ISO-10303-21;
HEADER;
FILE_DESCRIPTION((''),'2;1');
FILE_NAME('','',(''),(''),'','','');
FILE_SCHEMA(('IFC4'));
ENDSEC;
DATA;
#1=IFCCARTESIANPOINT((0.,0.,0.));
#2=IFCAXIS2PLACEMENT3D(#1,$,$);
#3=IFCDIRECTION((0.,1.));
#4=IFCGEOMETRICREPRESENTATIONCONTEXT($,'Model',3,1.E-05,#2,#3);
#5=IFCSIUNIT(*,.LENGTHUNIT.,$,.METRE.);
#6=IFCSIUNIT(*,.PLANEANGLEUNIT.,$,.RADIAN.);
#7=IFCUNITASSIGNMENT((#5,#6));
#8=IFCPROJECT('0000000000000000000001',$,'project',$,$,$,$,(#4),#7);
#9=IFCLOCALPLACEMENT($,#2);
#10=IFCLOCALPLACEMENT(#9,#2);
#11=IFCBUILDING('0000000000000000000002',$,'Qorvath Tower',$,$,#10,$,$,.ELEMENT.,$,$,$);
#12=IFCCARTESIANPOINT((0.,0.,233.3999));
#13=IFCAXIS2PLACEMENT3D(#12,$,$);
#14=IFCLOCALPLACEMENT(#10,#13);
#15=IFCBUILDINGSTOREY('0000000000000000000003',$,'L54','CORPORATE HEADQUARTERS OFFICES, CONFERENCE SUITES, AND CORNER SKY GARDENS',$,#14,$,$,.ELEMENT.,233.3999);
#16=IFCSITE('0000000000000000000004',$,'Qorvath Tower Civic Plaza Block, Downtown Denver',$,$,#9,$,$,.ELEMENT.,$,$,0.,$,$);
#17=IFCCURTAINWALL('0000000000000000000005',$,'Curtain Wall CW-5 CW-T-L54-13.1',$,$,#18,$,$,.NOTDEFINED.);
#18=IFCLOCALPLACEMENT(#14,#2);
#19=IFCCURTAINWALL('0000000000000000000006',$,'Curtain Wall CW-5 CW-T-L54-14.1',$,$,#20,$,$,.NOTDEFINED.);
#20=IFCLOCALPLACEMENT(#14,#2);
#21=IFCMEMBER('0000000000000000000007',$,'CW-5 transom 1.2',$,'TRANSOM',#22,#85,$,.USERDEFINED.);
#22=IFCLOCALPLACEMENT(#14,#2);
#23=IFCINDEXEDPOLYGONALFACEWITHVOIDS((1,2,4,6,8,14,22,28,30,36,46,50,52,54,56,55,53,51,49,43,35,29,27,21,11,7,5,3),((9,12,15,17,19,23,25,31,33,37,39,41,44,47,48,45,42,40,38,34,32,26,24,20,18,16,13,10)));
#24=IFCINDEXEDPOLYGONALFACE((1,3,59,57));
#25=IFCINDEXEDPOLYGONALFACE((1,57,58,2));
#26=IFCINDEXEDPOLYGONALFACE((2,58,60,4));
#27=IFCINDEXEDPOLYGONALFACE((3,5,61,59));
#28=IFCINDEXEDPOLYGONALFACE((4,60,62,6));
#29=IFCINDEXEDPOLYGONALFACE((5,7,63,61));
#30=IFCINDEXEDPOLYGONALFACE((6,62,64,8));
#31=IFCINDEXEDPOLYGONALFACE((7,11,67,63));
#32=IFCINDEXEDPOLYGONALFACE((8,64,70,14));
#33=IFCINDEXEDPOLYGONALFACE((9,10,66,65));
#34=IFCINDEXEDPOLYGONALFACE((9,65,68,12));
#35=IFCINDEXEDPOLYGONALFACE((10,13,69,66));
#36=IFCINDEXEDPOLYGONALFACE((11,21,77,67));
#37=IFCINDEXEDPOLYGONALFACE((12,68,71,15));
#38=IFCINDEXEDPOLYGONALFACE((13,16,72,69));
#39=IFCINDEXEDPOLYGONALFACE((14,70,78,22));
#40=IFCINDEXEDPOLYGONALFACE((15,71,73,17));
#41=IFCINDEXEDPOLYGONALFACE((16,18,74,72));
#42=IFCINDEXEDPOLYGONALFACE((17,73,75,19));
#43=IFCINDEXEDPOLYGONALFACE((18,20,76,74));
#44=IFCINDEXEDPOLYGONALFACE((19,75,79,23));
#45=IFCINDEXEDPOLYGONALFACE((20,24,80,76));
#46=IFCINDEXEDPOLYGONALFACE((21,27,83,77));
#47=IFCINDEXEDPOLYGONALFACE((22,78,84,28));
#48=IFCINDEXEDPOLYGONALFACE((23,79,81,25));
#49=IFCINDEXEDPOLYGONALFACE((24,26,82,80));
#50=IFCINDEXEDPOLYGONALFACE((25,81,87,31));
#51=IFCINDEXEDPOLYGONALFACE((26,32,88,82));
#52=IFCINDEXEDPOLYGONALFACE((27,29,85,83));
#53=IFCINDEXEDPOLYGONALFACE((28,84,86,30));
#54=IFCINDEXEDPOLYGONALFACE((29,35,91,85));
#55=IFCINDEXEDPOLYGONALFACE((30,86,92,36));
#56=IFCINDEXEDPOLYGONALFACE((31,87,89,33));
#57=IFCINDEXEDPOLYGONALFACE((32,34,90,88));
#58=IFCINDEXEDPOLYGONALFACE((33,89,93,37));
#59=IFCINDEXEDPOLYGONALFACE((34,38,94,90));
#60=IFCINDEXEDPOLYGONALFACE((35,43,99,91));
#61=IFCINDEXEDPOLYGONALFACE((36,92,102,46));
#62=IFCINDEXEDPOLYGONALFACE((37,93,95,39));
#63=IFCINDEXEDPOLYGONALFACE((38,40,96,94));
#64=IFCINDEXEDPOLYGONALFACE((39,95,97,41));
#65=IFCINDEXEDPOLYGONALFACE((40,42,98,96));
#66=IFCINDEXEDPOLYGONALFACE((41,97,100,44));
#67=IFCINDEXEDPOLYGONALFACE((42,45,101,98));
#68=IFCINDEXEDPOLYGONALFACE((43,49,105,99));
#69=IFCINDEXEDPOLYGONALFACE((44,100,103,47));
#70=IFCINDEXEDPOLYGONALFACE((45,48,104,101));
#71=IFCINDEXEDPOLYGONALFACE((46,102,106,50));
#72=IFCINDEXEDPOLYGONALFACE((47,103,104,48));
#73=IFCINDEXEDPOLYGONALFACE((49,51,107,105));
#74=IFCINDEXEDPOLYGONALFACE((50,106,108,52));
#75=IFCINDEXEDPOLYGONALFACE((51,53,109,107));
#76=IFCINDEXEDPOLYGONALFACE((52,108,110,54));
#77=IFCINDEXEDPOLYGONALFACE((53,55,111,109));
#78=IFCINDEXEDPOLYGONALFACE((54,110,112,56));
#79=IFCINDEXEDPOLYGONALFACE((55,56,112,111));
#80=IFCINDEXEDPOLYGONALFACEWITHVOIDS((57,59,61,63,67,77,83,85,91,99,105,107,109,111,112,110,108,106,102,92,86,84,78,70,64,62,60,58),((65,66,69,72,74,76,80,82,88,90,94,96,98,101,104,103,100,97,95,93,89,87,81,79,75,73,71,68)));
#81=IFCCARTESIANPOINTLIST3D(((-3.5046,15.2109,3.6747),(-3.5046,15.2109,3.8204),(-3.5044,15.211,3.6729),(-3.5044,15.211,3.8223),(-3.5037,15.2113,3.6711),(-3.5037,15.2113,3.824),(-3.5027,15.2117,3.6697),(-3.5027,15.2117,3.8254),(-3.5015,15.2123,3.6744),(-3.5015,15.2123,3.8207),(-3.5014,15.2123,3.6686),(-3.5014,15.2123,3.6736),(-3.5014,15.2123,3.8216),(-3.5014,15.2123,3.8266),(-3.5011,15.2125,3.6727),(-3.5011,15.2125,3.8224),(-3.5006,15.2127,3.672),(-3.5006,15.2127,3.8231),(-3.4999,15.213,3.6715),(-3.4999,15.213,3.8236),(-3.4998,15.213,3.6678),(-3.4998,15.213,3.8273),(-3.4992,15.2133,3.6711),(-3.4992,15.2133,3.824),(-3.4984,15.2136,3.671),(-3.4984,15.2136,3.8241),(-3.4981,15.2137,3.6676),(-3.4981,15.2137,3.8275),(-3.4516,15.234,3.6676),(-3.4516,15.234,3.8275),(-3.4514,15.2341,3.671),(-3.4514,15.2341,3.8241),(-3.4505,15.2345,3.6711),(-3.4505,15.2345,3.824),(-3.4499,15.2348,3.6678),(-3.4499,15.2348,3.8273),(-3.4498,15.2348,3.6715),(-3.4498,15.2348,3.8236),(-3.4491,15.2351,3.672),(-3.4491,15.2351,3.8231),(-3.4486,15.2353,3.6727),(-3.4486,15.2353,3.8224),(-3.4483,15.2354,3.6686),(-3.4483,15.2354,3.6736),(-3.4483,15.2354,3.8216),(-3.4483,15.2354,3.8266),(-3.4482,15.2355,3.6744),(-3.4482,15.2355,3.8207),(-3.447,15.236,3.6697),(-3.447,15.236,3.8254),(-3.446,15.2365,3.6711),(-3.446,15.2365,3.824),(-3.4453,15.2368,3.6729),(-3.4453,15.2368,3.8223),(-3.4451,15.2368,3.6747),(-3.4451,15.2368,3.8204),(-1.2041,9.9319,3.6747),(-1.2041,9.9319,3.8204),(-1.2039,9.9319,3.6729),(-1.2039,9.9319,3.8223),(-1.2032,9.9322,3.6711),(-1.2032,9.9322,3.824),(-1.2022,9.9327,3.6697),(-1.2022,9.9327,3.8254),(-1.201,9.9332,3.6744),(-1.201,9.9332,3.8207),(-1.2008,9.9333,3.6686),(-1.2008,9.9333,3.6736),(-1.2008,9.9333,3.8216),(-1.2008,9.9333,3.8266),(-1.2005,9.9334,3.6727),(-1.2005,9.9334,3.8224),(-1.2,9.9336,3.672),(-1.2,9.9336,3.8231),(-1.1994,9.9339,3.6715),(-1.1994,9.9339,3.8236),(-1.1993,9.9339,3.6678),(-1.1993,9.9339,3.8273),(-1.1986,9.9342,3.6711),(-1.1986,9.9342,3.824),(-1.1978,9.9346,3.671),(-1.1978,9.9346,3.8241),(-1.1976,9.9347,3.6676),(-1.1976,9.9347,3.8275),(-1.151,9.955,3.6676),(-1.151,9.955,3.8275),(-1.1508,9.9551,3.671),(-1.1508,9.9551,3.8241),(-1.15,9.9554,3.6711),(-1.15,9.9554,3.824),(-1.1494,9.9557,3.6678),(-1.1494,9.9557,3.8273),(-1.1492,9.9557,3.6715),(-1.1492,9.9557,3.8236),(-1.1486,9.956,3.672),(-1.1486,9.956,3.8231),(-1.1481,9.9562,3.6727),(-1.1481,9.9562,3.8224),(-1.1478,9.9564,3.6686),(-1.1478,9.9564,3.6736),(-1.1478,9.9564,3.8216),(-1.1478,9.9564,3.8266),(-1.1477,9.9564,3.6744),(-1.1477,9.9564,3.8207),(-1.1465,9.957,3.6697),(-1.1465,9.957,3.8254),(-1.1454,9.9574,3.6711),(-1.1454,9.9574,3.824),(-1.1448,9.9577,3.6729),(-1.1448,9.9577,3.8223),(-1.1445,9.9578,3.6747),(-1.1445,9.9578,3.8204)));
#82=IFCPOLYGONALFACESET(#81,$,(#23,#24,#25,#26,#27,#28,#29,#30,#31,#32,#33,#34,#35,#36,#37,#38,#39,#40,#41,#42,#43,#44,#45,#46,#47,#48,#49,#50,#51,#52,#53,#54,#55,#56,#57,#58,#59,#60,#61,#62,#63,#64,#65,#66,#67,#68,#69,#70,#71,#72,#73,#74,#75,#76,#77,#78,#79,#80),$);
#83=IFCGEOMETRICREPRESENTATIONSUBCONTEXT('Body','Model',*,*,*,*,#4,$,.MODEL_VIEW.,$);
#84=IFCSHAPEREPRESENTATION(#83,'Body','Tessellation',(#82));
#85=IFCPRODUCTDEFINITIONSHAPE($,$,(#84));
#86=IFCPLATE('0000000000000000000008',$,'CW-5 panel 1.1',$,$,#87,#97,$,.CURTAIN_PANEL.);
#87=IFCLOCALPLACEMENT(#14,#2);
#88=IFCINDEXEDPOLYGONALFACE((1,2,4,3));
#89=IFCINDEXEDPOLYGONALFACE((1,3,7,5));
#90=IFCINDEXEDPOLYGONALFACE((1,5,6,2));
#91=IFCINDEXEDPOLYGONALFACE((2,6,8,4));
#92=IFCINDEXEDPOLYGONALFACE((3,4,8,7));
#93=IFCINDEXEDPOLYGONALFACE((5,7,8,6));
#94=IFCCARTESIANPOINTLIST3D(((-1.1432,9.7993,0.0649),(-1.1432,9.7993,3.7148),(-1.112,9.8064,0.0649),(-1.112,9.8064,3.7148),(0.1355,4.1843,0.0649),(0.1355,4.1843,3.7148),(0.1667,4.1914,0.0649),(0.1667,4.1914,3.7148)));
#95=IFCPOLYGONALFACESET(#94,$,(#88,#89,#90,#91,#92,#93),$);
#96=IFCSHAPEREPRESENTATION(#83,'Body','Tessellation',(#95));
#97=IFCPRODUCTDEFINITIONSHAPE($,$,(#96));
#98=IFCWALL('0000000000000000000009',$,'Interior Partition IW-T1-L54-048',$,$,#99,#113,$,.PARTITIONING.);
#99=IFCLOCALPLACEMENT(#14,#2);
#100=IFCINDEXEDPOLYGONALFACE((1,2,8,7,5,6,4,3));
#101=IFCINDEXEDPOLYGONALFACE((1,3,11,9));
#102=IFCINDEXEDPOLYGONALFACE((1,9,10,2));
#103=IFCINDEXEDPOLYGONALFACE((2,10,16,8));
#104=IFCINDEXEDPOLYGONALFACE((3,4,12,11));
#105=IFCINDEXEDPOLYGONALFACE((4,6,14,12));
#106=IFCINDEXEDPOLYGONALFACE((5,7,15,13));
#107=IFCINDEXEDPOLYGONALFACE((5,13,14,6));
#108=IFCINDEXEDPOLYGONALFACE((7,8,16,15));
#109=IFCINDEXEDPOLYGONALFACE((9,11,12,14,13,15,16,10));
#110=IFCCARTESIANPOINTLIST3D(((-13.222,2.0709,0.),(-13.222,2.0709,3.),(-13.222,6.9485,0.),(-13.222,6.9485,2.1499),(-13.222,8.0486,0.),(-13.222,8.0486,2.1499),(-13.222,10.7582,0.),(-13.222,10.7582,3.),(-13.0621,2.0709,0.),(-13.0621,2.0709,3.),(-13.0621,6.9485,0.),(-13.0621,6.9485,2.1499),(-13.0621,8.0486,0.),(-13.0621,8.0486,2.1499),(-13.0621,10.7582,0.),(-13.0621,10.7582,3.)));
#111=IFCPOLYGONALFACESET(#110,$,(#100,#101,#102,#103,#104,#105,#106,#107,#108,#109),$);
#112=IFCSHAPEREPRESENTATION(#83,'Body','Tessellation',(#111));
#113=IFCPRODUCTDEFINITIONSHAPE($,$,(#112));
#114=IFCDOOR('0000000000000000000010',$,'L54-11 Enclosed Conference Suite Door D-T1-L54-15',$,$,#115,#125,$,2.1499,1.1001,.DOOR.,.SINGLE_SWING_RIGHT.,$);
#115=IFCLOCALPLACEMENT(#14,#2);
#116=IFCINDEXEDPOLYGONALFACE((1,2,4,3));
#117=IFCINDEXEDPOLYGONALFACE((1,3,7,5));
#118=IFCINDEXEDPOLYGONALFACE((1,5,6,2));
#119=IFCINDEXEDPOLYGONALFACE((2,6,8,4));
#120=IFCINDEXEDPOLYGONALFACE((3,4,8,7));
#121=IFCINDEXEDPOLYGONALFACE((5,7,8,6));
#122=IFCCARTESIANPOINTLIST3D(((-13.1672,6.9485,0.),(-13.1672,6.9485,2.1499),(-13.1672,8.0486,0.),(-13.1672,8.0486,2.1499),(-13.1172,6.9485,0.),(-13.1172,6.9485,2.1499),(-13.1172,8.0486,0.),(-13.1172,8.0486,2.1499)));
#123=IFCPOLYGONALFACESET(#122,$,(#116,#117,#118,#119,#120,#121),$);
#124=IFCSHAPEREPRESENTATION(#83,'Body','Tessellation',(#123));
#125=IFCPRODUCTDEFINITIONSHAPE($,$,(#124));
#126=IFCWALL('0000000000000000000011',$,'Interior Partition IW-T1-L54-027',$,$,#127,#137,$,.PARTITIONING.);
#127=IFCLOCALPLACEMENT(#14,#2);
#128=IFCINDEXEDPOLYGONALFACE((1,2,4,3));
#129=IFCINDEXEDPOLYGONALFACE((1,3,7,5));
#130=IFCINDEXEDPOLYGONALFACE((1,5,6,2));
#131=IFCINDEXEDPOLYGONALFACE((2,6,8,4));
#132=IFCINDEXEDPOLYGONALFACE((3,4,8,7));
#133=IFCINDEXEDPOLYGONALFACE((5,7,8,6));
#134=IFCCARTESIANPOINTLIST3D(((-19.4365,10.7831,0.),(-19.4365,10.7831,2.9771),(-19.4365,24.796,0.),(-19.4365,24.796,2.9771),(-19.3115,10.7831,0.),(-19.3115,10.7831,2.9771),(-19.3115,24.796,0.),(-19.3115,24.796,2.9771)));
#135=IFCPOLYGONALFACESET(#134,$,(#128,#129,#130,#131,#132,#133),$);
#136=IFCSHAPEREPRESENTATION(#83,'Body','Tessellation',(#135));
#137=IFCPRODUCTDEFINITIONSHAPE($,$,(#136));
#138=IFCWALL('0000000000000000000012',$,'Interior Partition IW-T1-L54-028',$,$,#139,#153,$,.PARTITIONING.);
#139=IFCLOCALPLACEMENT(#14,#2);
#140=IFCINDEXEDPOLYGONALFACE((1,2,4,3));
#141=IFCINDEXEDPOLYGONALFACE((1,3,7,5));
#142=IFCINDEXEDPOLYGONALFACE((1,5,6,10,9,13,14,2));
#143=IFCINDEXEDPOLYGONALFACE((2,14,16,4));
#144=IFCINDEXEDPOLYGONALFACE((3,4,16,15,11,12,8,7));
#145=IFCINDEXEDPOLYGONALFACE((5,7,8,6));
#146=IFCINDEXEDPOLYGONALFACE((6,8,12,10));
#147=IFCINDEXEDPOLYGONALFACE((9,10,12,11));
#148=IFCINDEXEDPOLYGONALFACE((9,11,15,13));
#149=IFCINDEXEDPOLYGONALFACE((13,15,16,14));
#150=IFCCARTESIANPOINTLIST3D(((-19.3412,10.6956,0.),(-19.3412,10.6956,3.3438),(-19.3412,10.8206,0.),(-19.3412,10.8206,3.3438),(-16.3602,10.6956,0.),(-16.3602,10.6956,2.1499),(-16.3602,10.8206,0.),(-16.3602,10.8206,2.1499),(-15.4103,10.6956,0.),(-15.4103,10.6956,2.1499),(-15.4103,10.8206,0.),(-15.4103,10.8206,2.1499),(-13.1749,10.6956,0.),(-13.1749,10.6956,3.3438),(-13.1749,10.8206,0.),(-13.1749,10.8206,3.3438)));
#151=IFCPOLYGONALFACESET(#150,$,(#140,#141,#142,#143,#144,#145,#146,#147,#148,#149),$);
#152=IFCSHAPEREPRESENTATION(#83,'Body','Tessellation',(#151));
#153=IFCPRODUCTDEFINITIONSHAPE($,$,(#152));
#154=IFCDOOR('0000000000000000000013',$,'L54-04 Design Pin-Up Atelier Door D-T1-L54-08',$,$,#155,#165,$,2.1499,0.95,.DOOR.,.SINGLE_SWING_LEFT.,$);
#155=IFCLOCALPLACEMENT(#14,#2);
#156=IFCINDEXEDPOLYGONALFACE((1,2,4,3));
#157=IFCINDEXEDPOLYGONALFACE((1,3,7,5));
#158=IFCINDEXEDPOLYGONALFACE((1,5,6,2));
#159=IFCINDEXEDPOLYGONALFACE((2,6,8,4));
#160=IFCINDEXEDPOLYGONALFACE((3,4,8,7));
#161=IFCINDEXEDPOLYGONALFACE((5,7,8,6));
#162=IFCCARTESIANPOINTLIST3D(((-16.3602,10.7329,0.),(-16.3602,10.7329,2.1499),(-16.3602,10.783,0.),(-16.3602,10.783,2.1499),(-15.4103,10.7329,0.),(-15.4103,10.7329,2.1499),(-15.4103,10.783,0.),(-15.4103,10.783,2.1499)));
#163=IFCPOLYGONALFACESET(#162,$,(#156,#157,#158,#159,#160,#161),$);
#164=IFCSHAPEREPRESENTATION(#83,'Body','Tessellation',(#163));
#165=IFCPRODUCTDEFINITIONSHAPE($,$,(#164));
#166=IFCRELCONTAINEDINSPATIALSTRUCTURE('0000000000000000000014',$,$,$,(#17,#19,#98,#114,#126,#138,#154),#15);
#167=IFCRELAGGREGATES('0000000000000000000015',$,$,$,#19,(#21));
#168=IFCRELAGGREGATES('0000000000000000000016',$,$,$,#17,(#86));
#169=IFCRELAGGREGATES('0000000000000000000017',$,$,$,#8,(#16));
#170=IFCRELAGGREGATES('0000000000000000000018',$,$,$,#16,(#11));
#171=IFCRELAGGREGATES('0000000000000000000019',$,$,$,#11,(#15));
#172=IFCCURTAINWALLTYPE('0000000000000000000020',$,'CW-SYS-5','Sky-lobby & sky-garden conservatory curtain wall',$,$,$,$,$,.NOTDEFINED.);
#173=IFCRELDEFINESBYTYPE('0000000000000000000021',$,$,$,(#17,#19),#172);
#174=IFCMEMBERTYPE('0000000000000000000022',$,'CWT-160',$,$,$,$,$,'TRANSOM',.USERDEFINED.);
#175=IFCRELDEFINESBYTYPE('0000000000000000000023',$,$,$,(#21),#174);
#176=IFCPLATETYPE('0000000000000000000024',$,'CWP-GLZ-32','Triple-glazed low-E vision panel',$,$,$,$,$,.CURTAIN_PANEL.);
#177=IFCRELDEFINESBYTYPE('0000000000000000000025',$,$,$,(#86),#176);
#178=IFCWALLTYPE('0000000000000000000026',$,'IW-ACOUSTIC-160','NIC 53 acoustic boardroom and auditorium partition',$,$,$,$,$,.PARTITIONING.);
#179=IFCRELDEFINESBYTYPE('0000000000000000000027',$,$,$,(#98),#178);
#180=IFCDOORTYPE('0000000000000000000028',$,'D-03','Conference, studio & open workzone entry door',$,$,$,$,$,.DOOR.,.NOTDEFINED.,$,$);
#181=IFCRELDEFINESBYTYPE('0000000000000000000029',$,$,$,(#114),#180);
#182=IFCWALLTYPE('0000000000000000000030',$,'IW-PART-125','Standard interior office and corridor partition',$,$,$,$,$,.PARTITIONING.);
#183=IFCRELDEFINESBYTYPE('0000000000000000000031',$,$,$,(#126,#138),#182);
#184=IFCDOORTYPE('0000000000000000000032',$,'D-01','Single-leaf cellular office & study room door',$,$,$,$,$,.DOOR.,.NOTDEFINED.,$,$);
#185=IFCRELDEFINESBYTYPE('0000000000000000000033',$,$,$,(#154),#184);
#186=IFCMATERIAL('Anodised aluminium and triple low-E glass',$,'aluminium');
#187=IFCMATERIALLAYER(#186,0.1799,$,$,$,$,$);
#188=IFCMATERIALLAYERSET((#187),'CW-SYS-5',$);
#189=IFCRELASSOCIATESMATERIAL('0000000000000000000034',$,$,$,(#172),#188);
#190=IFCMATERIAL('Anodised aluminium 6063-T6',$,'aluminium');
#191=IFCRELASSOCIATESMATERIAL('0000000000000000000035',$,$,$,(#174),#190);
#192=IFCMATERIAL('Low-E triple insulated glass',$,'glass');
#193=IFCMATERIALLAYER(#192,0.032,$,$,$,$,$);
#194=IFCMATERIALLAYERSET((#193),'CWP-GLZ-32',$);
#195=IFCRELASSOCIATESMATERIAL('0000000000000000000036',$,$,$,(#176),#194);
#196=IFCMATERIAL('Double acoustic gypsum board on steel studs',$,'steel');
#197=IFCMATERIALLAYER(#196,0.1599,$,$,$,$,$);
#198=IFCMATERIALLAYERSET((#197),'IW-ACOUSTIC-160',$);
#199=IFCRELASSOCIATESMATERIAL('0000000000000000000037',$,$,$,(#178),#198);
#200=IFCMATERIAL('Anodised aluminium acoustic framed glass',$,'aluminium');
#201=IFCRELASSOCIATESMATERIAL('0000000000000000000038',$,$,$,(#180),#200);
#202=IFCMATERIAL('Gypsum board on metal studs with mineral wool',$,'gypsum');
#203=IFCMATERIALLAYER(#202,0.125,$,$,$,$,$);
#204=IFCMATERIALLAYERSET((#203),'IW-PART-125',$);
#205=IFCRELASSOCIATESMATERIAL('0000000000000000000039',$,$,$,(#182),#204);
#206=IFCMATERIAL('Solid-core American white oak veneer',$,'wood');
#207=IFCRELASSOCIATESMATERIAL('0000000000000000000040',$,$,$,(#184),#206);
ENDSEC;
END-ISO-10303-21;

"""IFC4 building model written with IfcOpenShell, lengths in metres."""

from ifc_helpers import new_model, si_unit, direction, frame, frame_2d, origin, origin_2d, place, context, subcontext, project, spatial, rectangle, hollow_rectangle, extrude, material, layer, layer_set, material_profile, profile_set, type_object, element, fill, aggregate, save


model = new_model("IFC4")

# Units and contexts
model_context = context("Model", 3, precision=1e-05, world=origin(), true_north=direction((0.0, 1.0)))
body_context = subcontext(model_context, "Body", "Model", "MODEL_VIEW")
ifc_project = project(units=[si_unit("LENGTHUNIT", "METRE"), si_unit("PLANEANGLEUNIT", "RADIAN")], contexts=[model_context])

# Site, building, storey
site_placement = place(None, origin())
site = spatial("IfcSite", under=ifc_project, at=site_placement, Name="Qorvath Tower Civic Plaza Block, Downtown Denver", CompositionType="ELEMENT", RefElevation=0.0)
building_placement = place(site_placement, origin())
building = spatial("IfcBuilding", under=site, at=building_placement, Name="Qorvath Tower", CompositionType="ELEMENT")
storey_placement = place(building_placement, frame((0.0, 0.0, 233.3999)))
storey = spatial("IfcBuildingStorey", under=building, at=storey_placement, Name="L54", Description="CORPORATE HEADQUARTERS OFFICES, CONFERENCE SUITES, AND CORNER SKY GARDENS", CompositionType="ELEMENT", Elevation=233.3999)

# Shared definitions
ifc_material_1 = material(Name="Anodised aluminium and triple low-E glass", Category="aluminium")
ifc_layer_1 = layer(ifc_material_1, 0.1799)
ifc_layer_set_1 = layer_set([ifc_layer_1], Name="CW-SYS-5")
curtain_wall_type = type_object("IfcCurtainWallType", Name="CW-SYS-5", Description="Sky-lobby & sky-garden conservatory curtain wall", PredefinedType="NOTDEFINED", material=ifc_layer_set_1)

# Curtain wall
curtain_wall_1_placement = place(storey_placement, origin())
curtain_wall_1 = element("IfcCurtainWall", 1, at=curtain_wall_1_placement, inside=storey, type_object=curtain_wall_type, Name="Curtain Wall CW-5 CW-T-L54-13.1", PredefinedType="NOTDEFINED")

# Curtain wall
curtain_wall_2_placement = place(storey_placement, origin())
curtain_wall_2 = element("IfcCurtainWall", 2, at=curtain_wall_2_placement, inside=storey, type_object=curtain_wall_type, Name="Curtain Wall CW-5 CW-T-L54-14.1", PredefinedType="NOTDEFINED")

# Member
ifc_material_2 = material(Name="Anodised aluminium 6063-T6", Category="aluminium")
ifc_material_profile_1 = material_profile(ifc_material_2, hollow_rectangle(XDim=0.0649, YDim=0.1599, WallThickness=0.0034, InnerFilletRadius=0.0034, OuterFilletRadius=0.0071, at=origin_2d()), Name="CWT 160x65")
ifc_profile_set_1 = profile_set([ifc_material_profile_1], Name="Anodised aluminium 6063-T6")
member_type_1 = type_object("IfcMemberType", Name="CWT-160", ElementType="TRANSOM", PredefinedType="USERDEFINED", material=ifc_profile_set_1)
member_1_placement = place(storey_placement, frame((-1.1743, 9.9448, 3.7476), z_axis=(-0.3995, 0.916733, 0.0), x_axis=(-0.916733, -0.3995, 0.0)))
member_1 = element("IfcMember", 3, at=member_1_placement, type_object=member_type_1, Name="CW-5 transom 1.2", ObjectType="TRANSOM", PredefinedType="USERDEFINED", context=body_context, shape_type="SweptSolid", body=[
    extrude(hollow_rectangle(XDim=0.0649, YDim=0.1599, WallThickness=0.0034, InnerFilletRadius=0.0034, OuterFilletRadius=0.0071, at=origin_2d()), origin(), (0.0, 0.0, 1.0), 5.7585),
])
aggregate(curtain_wall_2, [member_1])

# Plate
ifc_material_3 = material(Name="Low-E triple insulated glass", Category="glass")
ifc_layer_2 = layer(ifc_material_3, 0.032)
ifc_layer_set_2 = layer_set([ifc_layer_2], Name="CWP-GLZ-32")
plate_type = type_object("IfcPlateType", Name="CWP-GLZ-32", Description="Triple-glazed low-E vision panel", PredefinedType="CURTAIN_PANEL", material=ifc_layer_set_2)
plate_placement = place(storey_placement, frame((-0.4883, 6.9954, 0.0649), z_axis=(0.0, 0.0, 1.0), x_axis=(-0.222042, 0.975037, 0.0)))
plate = element("IfcPlate", 4, at=plate_placement, type_object=plate_type, Name="CW-5 panel 1.1", PredefinedType="CURTAIN_PANEL", context=body_context, shape_type="SweptSolid", body=[
    extrude(rectangle(XDim=5.7588, YDim=0.032, at=origin_2d()), origin(), (0.0, 0.0, 1.0), 3.6499),
])
aggregate(curtain_wall_1, [plate])

# Wall, opening, door
ifc_material_4 = material(Name="Double acoustic gypsum board on steel studs", Category="steel")
ifc_layer_3 = layer(ifc_material_4, 0.1599)
ifc_layer_set_3 = layer_set([ifc_layer_3], Name="IW-ACOUSTIC-160")
wall_type_1 = type_object("IfcWallType", Name="IW-ACOUSTIC-160", Description="NIC 53 acoustic boardroom and auditorium partition", PredefinedType="PARTITIONING", material=ifc_layer_set_3)
wall_1_placement = place(storey_placement, frame((-13.1421, 10.7583, 0.0), z_axis=(0.0, 0.0, 1.0), x_axis=(0.0, -1.0, 0.0)))
wall_1 = element("IfcWall", 5, at=wall_1_placement, inside=storey, type_object=wall_type_1, Name="Interior Partition IW-T1-L54-048", PredefinedType="PARTITIONING", context=body_context, shape_type="SweptSolid", body=[
    extrude(rectangle(XDim=8.6873, YDim=0.1599, at=frame_2d((4.3438, 0.0))), origin(), (0.0, 0.0, 1.0), 3.0),
])
opening_1_placement = place(wall_1_placement, frame((2.7097, 0.0, 0.0)))
opening_1 = element("IfcOpeningElement", 6, at=opening_1_placement, cuts=wall_1, PredefinedType="OPENING", context=body_context, shape_type="SweptSolid", body=[
    extrude(rectangle(XDim=1.1001, YDim=2.1499, at=frame_2d((0.55, 1.075))), frame((0.0, 0.0898, 0.0), z_axis=(0.0, -1.0, 0.0), x_axis=(1.0, 0.0, 0.0)), (0.0, 0.0, 1.0), 0.1799),
])
ifc_material_5 = material(Name="Anodised aluminium acoustic framed glass", Category="aluminium")
door_type_1 = type_object("IfcDoorType", Name="D-03", Description="Conference, studio & open workzone entry door", OperationType="NOTDEFINED", PredefinedType="DOOR", material=ifc_material_5)
door_1_placement = place(opening_1_placement, origin())
door_1 = element("IfcDoor", 7, at=door_1_placement, inside=storey, type_object=door_type_1, Name="L54-11 Enclosed Conference Suite Door D-T1-L54-15", OperationType="SINGLE_SWING_RIGHT", OverallHeight=2.1499, OverallWidth=1.1001, PredefinedType="DOOR", context=body_context, shape_type="SweptSolid", body=[
    extrude(rectangle(XDim=1.1001, YDim=2.1499, at=frame_2d((0.55, 1.075))), frame((0.0, 0.0249, 0.0), z_axis=(0.0, -1.0, 0.0), x_axis=(1.0, 0.0, 0.0)), (0.0, 0.0, 1.0), 0.05),
])
fill(opening_1, door_1)

# Wall
ifc_material_6 = material(Name="Gypsum board on metal studs with mineral wool", Category="gypsum")
ifc_layer_4 = layer(ifc_material_6, 0.125)
ifc_layer_set_4 = layer_set([ifc_layer_4], Name="IW-PART-125")
wall_type_2 = type_object("IfcWallType", Name="IW-PART-125", Description="Standard interior office and corridor partition", PredefinedType="PARTITIONING", material=ifc_layer_set_4)
wall_2_placement = place(storey_placement, frame((-19.374, 10.7832, 0.0), z_axis=(0.0, 0.0, 1.0), x_axis=(0.0, 1.0, 0.0)))
element("IfcWall", 8, at=wall_2_placement, inside=storey, type_object=wall_type_2, Name="Interior Partition IW-T1-L54-027", PredefinedType="PARTITIONING", context=body_context, shape_type="SweptSolid", body=[
    extrude(rectangle(XDim=14.0129, YDim=0.125, at=frame_2d((7.0063, 0.0))), origin(), (0.0, 0.0, 1.0), 2.9771),
])

# Wall, opening, door
wall_3_placement = place(storey_placement, frame((-19.3411, 10.7581, 0.0), z_axis=(0.0, 0.0, 1.0), x_axis=(1.0, 0.0, 0.0)))
wall_3 = element("IfcWall", 9, at=wall_3_placement, inside=storey, type_object=wall_type_2, Name="Interior Partition IW-T1-L54-028", PredefinedType="PARTITIONING", context=body_context, shape_type="SweptSolid", body=[
    extrude(rectangle(XDim=6.1663, YDim=0.125, at=frame_2d((3.083, 0.0))), origin(), (0.0, 0.0, 1.0), 3.3438),
])
opening_2_placement = place(wall_3_placement, frame((2.9807, 0.0, 0.0)))
opening_2 = element("IfcOpeningElement", 10, at=opening_2_placement, cuts=wall_3, PredefinedType="OPENING", context=body_context, shape_type="SweptSolid", body=[
    extrude(rectangle(XDim=0.95, YDim=2.1499, at=frame_2d((0.4751, 1.075))), frame((0.0, 0.0725, 0.0), z_axis=(0.0, -1.0, 0.0), x_axis=(1.0, 0.0, 0.0)), (0.0, 0.0, 1.0), 0.145),
])
ifc_material_7 = material(Name="Solid-core American white oak veneer", Category="wood")
door_type_2 = type_object("IfcDoorType", Name="D-01", Description="Single-leaf cellular office & study room door", OperationType="NOTDEFINED", PredefinedType="DOOR", material=ifc_material_7)
door_2_placement = place(opening_2_placement, origin())
door_2 = element("IfcDoor", 11, at=door_2_placement, inside=storey, type_object=door_type_2, Name="L54-04 Design Pin-Up Atelier Door D-T1-L54-08", OperationType="SINGLE_SWING_LEFT", OverallHeight=2.1499, OverallWidth=0.95, PredefinedType="DOOR", context=body_context, shape_type="SweptSolid", body=[
    extrude(rectangle(XDim=0.95, YDim=2.1499, at=frame_2d((0.4751, 1.075))), frame((0.0, 0.0249, 0.0), z_axis=(0.0, -1.0, 0.0), x_axis=(1.0, 0.0, 0.0)), (0.0, 0.0, 1.0), 0.05),
])
fill(opening_2, door_2)

save(model, "model.ifc")
